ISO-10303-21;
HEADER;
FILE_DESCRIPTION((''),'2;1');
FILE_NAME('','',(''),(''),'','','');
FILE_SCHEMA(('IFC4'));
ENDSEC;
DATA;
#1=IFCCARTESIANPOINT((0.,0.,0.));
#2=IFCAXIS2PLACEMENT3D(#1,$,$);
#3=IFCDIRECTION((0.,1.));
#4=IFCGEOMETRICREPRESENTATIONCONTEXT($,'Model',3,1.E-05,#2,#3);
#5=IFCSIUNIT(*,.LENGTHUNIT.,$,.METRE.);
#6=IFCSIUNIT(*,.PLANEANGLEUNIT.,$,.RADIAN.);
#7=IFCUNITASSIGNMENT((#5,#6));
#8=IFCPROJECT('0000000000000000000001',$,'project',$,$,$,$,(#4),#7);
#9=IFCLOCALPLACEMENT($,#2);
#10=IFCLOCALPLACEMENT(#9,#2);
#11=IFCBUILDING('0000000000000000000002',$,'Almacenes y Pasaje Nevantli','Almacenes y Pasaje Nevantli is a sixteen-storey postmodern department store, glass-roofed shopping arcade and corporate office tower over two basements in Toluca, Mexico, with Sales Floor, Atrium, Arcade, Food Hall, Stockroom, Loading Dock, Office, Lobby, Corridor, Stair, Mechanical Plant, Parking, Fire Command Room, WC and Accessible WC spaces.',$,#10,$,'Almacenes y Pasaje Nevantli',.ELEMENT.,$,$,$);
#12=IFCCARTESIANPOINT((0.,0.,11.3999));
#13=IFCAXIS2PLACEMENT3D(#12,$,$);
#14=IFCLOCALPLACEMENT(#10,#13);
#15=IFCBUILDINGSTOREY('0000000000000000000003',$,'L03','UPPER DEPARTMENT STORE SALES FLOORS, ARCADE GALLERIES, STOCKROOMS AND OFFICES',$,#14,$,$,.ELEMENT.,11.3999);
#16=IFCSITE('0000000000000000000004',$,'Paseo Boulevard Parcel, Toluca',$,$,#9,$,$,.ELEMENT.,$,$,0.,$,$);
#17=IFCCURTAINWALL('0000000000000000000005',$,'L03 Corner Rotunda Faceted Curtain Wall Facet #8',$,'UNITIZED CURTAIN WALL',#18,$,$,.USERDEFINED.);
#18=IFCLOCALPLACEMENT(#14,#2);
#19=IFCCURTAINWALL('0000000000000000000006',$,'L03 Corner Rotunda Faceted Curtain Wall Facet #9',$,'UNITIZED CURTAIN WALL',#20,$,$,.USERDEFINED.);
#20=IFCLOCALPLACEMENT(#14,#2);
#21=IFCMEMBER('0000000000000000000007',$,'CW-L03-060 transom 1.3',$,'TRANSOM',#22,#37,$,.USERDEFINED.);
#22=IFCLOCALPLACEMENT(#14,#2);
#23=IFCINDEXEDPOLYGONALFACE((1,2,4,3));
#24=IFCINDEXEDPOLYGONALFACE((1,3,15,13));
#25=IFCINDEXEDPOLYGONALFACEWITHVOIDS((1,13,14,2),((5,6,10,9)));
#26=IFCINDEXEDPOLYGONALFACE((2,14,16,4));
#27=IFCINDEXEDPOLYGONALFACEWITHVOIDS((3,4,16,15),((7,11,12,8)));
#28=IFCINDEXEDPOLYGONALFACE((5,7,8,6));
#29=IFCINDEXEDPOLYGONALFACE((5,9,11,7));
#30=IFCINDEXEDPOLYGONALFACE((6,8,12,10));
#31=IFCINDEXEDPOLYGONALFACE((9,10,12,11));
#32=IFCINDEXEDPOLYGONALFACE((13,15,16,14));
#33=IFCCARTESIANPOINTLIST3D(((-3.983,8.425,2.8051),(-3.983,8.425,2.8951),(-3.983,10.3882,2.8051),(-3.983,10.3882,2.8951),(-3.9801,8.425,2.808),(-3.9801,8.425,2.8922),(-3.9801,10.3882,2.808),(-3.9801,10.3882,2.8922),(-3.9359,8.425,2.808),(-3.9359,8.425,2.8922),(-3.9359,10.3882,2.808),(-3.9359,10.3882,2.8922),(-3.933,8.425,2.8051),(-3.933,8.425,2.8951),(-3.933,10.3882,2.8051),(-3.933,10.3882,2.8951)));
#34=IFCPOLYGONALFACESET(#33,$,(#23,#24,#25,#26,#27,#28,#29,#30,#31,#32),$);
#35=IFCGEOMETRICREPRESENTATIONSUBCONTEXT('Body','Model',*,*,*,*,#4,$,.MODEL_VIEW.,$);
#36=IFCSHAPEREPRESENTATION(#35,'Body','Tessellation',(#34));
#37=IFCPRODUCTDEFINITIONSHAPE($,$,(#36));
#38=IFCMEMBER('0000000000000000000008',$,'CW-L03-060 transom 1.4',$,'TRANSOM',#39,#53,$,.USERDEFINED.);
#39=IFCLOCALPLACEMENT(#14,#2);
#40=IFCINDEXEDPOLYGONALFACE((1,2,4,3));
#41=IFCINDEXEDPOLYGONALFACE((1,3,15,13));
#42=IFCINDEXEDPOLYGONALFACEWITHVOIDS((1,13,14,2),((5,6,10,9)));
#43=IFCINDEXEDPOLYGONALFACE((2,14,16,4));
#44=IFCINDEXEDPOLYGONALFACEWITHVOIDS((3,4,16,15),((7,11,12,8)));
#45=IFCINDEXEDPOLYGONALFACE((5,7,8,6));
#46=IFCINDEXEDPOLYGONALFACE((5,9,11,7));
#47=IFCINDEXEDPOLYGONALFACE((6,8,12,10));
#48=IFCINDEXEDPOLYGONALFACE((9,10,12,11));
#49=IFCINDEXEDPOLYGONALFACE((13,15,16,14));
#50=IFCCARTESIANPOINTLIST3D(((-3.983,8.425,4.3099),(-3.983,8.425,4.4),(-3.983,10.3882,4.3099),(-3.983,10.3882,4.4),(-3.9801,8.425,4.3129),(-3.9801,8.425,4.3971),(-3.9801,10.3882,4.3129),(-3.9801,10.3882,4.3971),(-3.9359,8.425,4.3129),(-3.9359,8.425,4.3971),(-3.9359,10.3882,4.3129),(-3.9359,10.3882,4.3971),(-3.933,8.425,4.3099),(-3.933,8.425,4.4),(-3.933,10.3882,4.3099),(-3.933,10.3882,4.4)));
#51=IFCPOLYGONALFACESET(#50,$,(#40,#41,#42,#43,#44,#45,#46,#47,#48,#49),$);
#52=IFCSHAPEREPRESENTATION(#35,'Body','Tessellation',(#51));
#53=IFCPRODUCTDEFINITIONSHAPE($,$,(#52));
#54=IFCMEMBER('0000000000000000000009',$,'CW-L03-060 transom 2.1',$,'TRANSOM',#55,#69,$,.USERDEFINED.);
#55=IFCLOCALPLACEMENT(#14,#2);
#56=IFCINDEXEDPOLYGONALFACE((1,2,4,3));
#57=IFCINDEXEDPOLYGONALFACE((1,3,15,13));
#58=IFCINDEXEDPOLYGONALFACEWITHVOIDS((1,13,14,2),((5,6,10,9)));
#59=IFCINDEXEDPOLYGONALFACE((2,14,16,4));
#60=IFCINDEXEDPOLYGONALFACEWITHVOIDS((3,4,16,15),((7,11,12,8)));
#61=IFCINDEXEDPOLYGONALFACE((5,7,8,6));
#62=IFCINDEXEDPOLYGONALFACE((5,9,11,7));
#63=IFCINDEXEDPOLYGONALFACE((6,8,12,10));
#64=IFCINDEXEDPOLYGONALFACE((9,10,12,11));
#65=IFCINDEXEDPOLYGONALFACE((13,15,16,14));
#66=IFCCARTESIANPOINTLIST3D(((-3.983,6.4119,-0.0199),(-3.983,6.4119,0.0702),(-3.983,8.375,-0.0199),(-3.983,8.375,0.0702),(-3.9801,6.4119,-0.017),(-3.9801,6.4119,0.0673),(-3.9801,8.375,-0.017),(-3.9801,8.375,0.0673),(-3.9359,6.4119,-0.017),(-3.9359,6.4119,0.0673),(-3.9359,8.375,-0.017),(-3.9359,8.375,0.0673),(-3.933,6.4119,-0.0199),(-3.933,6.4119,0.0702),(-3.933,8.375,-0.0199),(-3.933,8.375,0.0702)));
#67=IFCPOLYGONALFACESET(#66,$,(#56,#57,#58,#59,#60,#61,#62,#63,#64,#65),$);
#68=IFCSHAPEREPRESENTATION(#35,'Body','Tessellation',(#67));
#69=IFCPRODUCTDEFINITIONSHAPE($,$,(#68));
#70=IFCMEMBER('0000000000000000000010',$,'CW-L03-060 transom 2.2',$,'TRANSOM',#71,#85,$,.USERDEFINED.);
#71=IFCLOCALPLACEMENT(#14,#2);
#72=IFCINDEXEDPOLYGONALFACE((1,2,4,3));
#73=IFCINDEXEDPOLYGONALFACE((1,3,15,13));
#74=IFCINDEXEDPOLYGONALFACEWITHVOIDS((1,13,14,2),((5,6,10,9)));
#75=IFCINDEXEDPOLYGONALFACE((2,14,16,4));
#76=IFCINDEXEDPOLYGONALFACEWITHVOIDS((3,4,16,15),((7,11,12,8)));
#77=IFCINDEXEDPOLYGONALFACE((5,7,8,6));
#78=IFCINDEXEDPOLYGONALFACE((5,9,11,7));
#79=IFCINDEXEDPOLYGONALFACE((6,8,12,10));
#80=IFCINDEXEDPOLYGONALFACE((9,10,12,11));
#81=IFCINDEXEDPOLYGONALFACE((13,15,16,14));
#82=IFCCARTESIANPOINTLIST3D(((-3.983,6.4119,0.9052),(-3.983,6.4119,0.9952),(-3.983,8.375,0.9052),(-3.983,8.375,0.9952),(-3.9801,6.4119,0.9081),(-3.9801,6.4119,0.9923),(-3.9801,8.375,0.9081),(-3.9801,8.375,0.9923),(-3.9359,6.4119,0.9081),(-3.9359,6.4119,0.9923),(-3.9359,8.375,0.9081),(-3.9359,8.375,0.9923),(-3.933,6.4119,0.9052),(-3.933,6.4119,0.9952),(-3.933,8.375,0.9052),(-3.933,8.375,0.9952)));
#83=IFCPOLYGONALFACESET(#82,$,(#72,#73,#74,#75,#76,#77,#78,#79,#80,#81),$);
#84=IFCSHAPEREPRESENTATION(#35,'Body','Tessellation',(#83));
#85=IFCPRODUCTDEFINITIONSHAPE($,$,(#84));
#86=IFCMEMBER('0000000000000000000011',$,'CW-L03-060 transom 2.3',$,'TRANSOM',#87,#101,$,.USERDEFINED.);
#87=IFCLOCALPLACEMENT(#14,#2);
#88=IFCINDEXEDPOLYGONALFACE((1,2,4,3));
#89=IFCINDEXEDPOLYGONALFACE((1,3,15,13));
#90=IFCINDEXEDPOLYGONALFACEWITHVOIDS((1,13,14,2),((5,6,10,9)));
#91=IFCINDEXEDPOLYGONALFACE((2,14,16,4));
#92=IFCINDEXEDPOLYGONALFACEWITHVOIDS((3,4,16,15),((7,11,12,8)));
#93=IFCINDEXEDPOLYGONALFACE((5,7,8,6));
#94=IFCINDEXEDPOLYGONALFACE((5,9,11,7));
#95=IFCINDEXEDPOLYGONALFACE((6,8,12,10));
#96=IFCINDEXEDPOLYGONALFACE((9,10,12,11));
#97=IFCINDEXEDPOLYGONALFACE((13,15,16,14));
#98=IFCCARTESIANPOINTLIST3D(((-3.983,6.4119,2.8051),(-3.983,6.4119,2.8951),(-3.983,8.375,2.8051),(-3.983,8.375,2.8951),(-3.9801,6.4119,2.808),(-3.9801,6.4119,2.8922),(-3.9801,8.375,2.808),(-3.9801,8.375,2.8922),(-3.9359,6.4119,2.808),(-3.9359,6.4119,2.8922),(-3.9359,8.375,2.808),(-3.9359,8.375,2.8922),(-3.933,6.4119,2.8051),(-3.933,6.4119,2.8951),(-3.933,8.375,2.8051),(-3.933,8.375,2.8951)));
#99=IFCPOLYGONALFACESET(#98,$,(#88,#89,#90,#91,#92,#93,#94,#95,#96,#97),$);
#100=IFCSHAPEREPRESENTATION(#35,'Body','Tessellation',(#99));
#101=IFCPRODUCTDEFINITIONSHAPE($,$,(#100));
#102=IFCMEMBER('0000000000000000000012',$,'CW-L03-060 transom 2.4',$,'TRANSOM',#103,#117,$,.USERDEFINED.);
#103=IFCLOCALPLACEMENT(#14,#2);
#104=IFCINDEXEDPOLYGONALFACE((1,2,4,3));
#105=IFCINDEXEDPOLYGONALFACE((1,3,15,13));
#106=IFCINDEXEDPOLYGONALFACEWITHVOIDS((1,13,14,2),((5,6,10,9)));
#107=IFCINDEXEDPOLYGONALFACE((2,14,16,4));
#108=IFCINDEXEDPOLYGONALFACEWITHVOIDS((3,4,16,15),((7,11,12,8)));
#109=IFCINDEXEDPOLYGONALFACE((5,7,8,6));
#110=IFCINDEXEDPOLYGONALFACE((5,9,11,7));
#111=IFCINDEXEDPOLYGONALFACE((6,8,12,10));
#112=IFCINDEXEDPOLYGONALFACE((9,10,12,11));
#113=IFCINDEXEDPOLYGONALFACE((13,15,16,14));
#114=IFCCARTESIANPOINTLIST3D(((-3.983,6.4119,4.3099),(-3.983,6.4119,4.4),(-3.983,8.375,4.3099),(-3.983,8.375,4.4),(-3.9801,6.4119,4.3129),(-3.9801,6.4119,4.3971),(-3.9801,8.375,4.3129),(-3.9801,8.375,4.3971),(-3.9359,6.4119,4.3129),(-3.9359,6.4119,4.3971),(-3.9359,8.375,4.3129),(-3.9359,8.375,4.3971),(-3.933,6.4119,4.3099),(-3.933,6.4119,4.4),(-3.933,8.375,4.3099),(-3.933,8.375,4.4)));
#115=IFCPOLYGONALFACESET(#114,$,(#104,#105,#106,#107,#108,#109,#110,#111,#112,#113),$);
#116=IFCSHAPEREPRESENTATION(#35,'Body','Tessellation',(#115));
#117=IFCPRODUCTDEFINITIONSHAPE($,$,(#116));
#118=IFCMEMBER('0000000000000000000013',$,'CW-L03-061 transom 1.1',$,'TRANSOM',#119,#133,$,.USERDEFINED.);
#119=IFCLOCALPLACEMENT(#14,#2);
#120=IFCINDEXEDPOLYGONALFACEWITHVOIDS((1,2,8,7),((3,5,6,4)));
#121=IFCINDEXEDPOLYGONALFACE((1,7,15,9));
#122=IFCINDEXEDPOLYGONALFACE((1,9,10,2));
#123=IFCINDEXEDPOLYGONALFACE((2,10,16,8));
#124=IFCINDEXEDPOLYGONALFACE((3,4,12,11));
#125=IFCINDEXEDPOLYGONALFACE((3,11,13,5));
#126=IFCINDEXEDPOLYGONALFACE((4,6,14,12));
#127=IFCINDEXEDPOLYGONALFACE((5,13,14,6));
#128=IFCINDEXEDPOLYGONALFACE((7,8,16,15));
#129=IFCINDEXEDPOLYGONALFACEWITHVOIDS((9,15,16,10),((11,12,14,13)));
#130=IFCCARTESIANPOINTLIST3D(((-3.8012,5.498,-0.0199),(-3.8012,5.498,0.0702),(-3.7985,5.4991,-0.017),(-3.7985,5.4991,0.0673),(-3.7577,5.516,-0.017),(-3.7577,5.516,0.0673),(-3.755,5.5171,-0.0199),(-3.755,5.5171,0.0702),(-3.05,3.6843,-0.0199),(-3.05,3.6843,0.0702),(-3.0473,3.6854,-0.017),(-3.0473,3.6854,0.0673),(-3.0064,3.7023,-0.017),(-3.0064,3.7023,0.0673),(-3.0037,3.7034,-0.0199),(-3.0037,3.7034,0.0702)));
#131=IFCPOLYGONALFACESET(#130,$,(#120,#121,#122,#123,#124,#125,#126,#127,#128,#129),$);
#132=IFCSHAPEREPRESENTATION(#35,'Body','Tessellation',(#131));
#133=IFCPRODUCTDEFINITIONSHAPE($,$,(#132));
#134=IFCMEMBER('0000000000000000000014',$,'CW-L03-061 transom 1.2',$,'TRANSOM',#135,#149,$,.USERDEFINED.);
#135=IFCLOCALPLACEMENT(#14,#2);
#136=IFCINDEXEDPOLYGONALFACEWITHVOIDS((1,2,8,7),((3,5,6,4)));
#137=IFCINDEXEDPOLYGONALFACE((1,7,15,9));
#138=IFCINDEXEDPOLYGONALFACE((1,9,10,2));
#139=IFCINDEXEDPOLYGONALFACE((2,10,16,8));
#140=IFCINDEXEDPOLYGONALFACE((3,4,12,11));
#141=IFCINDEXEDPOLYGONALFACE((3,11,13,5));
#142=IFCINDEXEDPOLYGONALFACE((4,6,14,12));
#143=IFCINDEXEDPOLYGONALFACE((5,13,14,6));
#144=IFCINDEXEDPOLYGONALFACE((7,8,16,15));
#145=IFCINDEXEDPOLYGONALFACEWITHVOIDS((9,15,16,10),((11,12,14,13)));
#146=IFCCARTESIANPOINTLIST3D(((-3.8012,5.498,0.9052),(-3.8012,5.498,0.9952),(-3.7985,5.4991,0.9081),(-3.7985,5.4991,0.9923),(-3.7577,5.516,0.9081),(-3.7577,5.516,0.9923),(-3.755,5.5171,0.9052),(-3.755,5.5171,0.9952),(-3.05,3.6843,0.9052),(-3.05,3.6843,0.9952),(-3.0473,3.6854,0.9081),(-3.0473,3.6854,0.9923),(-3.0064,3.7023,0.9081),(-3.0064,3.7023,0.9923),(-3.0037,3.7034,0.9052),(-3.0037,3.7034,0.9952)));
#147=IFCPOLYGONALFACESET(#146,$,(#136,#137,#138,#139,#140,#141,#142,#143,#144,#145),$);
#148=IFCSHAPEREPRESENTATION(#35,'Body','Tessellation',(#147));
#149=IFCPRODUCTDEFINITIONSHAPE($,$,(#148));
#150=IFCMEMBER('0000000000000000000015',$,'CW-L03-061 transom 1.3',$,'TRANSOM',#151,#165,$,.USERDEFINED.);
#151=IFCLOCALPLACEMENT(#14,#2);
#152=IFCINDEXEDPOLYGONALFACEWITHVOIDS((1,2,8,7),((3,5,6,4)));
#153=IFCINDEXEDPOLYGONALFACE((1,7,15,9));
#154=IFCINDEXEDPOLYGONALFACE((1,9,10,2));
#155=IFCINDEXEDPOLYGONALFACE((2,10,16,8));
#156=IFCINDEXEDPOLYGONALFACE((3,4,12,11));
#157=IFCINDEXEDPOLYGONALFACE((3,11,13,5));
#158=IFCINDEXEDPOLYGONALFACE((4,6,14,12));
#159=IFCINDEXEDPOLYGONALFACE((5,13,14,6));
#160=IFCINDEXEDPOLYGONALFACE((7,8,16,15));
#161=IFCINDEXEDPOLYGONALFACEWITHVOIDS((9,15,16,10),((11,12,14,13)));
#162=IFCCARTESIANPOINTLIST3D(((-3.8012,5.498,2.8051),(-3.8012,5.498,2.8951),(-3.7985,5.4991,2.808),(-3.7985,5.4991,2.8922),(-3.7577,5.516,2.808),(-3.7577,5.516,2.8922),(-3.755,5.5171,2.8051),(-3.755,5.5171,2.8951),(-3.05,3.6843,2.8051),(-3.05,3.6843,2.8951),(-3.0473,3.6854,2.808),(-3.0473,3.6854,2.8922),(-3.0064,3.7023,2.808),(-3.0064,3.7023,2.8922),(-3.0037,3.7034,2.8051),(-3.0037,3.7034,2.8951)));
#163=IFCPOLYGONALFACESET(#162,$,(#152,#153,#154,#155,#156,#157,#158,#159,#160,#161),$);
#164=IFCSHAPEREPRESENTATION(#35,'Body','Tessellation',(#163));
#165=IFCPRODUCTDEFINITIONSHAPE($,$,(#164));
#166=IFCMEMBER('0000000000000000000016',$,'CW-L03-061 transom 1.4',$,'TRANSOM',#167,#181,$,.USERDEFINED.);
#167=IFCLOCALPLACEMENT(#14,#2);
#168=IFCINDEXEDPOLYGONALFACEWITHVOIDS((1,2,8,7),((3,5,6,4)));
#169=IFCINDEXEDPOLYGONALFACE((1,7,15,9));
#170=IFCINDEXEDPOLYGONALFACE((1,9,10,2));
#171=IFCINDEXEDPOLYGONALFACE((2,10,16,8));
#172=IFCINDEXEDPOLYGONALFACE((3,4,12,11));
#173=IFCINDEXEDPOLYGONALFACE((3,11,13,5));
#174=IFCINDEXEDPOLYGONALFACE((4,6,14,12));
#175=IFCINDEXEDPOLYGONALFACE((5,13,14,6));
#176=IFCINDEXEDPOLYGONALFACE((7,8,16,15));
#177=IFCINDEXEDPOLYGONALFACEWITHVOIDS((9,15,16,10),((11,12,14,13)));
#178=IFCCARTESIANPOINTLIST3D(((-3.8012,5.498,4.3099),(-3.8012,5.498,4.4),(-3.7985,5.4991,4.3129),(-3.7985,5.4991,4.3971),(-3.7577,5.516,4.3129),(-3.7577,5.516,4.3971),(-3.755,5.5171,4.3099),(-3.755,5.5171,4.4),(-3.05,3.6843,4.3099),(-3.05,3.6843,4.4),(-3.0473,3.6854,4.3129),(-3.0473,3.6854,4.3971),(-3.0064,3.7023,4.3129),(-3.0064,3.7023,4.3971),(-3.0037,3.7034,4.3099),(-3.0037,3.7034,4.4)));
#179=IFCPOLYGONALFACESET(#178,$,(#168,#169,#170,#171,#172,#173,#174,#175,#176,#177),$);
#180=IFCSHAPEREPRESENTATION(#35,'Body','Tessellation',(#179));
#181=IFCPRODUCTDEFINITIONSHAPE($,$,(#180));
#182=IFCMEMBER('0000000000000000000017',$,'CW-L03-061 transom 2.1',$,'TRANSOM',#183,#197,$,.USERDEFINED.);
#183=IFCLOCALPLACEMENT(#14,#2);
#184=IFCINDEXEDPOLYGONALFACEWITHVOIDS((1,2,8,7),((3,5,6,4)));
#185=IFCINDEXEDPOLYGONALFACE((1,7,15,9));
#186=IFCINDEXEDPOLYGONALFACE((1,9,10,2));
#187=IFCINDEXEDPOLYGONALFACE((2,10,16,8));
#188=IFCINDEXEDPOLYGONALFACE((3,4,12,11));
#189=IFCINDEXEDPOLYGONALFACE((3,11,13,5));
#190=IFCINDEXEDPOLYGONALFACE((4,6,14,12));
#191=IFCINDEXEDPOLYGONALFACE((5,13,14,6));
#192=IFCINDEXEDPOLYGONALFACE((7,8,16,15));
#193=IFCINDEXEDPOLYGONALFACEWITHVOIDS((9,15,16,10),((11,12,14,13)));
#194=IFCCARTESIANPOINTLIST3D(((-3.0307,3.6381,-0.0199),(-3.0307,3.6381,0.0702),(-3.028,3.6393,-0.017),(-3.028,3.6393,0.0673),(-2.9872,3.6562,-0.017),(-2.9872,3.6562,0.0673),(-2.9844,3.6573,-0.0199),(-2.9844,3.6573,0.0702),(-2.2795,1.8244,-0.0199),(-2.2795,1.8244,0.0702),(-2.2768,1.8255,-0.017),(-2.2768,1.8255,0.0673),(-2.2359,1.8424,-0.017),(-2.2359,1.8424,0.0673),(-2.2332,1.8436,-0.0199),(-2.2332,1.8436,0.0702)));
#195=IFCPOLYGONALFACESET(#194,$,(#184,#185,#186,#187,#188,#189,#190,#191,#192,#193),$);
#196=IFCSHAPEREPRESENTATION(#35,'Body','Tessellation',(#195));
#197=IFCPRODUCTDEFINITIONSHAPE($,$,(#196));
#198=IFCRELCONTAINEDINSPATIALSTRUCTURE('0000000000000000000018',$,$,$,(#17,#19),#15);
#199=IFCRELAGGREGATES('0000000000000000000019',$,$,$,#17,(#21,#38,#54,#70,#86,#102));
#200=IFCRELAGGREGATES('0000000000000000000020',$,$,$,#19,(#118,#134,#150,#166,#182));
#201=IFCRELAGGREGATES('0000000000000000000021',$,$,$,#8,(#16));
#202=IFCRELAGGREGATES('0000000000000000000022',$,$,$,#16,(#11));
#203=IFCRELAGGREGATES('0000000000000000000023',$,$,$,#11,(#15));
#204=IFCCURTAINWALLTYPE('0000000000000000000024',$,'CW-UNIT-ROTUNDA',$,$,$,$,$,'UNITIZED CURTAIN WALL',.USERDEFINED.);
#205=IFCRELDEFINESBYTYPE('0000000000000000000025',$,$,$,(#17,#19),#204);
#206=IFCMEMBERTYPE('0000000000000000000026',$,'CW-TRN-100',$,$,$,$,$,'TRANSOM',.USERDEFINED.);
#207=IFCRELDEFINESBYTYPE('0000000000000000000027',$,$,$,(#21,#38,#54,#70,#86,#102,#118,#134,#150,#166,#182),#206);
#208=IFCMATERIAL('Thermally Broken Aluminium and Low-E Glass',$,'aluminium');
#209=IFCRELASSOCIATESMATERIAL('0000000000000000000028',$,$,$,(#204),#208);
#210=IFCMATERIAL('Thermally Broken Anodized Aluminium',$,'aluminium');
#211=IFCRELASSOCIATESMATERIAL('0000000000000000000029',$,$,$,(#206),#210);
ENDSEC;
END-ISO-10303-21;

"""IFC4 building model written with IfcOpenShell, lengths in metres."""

from ifc_helpers import new_model, si_unit, direction, frame, origin, origin_2d, place, context, subcontext, project, spatial, hollow_rectangle, extrude, material, material_profile, profile_set, type_object, element, aggregate, save


model = new_model("IFC4")

# Units and contexts
model_context = context("Model", 3, precision=1e-05, world=origin(), true_north=direction((0.0, 1.0)))
body_context = subcontext(model_context, "Body", "Model", "MODEL_VIEW")
ifc_project = project(units=[si_unit("LENGTHUNIT", "METRE"), si_unit("PLANEANGLEUNIT", "RADIAN")], contexts=[model_context])

# Site, building, storey
site_placement = place(None, origin())
site = spatial("IfcSite", under=ifc_project, at=site_placement, Name="Paseo Boulevard Parcel, Toluca", CompositionType="ELEMENT", RefElevation=0.0)
building_placement = place(site_placement, origin())
building = spatial("IfcBuilding", under=site, at=building_placement, Name="Almacenes y Pasaje Nevantli", Description="Almacenes y Pasaje Nevantli is a sixteen-storey postmodern department store, glass-roofed shopping arcade and corporate office tower over two basements in Toluca, Mexico, with Sales Floor, Atrium, Arcade, Food Hall, Stockroom, Loading Dock, Office, Lobby, Corridor, Stair, Mechanical Plant, Parking, Fire Command Room, WC and Accessible WC spaces.", LongName="Almacenes y Pasaje Nevantli", CompositionType="ELEMENT")
storey_placement = place(building_placement, frame((0.0, 0.0, 11.3999)))
storey = spatial("IfcBuildingStorey", under=building, at=storey_placement, Name="L03", Description="UPPER DEPARTMENT STORE SALES FLOORS, ARCADE GALLERIES, STOCKROOMS AND OFFICES", CompositionType="ELEMENT", Elevation=11.3999)

# Curtain walls
ifc_material_1 = material(Name="Thermally Broken Aluminium and Low-E Glass", Category="aluminium")
curtain_wall_type = type_object("IfcCurtainWallType", Name="CW-UNIT-ROTUNDA", ElementType="UNITIZED CURTAIN WALL", PredefinedType="USERDEFINED", material=ifc_material_1)
curtain_wall_1_placement = place(storey_placement, origin())
curtain_wall_1 = element("IfcCurtainWall", 1, at=curtain_wall_1_placement, inside=storey, type_object=curtain_wall_type, Name="L03 Corner Rotunda Faceted Curtain Wall Facet #8", ObjectType="UNITIZED CURTAIN WALL", PredefinedType="USERDEFINED")
curtain_wall_2_placement = place(storey_placement, origin())
curtain_wall_2 = element("IfcCurtainWall", 2, at=curtain_wall_2_placement, inside=storey, type_object=curtain_wall_type, Name="L03 Corner Rotunda Faceted Curtain Wall Facet #9", ObjectType="UNITIZED CURTAIN WALL", PredefinedType="USERDEFINED")

# Members
ifc_material_2 = material(Name="Thermally Broken Anodized Aluminium", Category="aluminium")
ifc_material_profile_1 = material_profile(ifc_material_2, hollow_rectangle(XDim=0.05, YDim=0.0901, WallThickness=0.0029, at=origin_2d()), Name="ALU-TRN-50x90")
ifc_profile_set_1 = profile_set([ifc_material_profile_1], Name="Thermally Broken Anodized Aluminium")
member_type_1 = type_object("IfcMemberType", Name="CW-TRN-100", ElementType="TRANSOM", PredefinedType="USERDEFINED", material=ifc_profile_set_1)
member_1_placement = place(storey_placement, frame((-3.958, 10.3882, 2.8501), z_axis=(0.0, -1.0, 0.0), x_axis=(1.0, 0.0, 0.0)))
member_1 = element("IfcMember", 3, at=member_1_placement, type_object=member_type_1, Name="CW-L03-060 transom 1.3", ObjectType="TRANSOM", PredefinedType="USERDEFINED", context=body_context, shape_type="SweptSolid", body=[
    extrude(hollow_rectangle(XDim=0.05, YDim=0.0901, WallThickness=0.0029, at=origin_2d()), origin(), (0.0, 0.0, 1.0), 1.9631),
])
member_2_placement = place(storey_placement, frame((-3.958, 10.3882, 4.355), z_axis=(0.0, -1.0, 0.0), x_axis=(1.0, 0.0, 0.0)))
member_2 = element("IfcMember", 4, at=member_2_placement, type_object=member_type_1, Name="CW-L03-060 transom 1.4", ObjectType="TRANSOM", PredefinedType="USERDEFINED", context=body_context, shape_type="SweptSolid", body=[
    extrude(hollow_rectangle(XDim=0.05, YDim=0.0901, WallThickness=0.0029, at=origin_2d()), origin(), (0.0, 0.0, 1.0), 1.9631),
])
member_3_placement = place(storey_placement, frame((-3.958, 8.375, 0.0251), z_axis=(0.0, -1.0, 0.0), x_axis=(1.0, 0.0, 0.0)))
member_3 = element("IfcMember", 5, at=member_3_placement, type_object=member_type_1, Name="CW-L03-060 transom 2.1", ObjectType="TRANSOM", PredefinedType="USERDEFINED", context=body_context, shape_type="SweptSolid", body=[
    extrude(hollow_rectangle(XDim=0.05, YDim=0.0901, WallThickness=0.0029, at=origin_2d()), origin(), (0.0, 0.0, 1.0), 1.9631),
])
member_4_placement = place(storey_placement, frame((-3.958, 8.375, 0.9502), z_axis=(0.0, -1.0, 0.0), x_axis=(1.0, 0.0, 0.0)))
member_4 = element("IfcMember", 6, at=member_4_placement, type_object=member_type_1, Name="CW-L03-060 transom 2.2", ObjectType="TRANSOM", PredefinedType="USERDEFINED", context=body_context, shape_type="SweptSolid", body=[
    extrude(hollow_rectangle(XDim=0.05, YDim=0.0901, WallThickness=0.0029, at=origin_2d()), origin(), (0.0, 0.0, 1.0), 1.9631),
])
member_5_placement = place(storey_placement, frame((-3.958, 8.375, 2.8501), z_axis=(0.0, -1.0, 0.0), x_axis=(1.0, 0.0, 0.0)))
member_5 = element("IfcMember", 7, at=member_5_placement, type_object=member_type_1, Name="CW-L03-060 transom 2.3", ObjectType="TRANSOM", PredefinedType="USERDEFINED", context=body_context, shape_type="SweptSolid", body=[
    extrude(hollow_rectangle(XDim=0.05, YDim=0.0901, WallThickness=0.0029, at=origin_2d()), origin(), (0.0, 0.0, 1.0), 1.9631),
])
member_6_placement = place(storey_placement, frame((-3.958, 8.375, 4.355), z_axis=(0.0, -1.0, 0.0), x_axis=(1.0, 0.0, 0.0)))
member_6 = element("IfcMember", 8, at=member_6_placement, type_object=member_type_1, Name="CW-L03-060 transom 2.4", ObjectType="TRANSOM", PredefinedType="USERDEFINED", context=body_context, shape_type="SweptSolid", body=[
    extrude(hollow_rectangle(XDim=0.05, YDim=0.0901, WallThickness=0.0029, at=origin_2d()), origin(), (0.0, 0.0, 1.0), 1.9631),
])
member_7_placement = place(storey_placement, frame((-3.7781, 5.5076, 0.0251), z_axis=(0.382663, -0.923888, 0.0), x_axis=(0.923888, 0.382663, 0.0)))
member_7 = element("IfcMember", 9, at=member_7_placement, type_object=member_type_1, Name="CW-L03-061 transom 1.1", ObjectType="TRANSOM", PredefinedType="USERDEFINED", context=body_context, shape_type="SweptSolid", body=[
    extrude(hollow_rectangle(XDim=0.05, YDim=0.0901, WallThickness=0.0029, at=origin_2d()), origin(), (0.0, 0.0, 1.0), 1.9631),
])
member_8_placement = place(storey_placement, frame((-3.7781, 5.5076, 0.9502), z_axis=(0.382663, -0.923888, 0.0), x_axis=(0.923888, 0.382663, 0.0)))
member_8 = element("IfcMember", 10, at=member_8_placement, type_object=member_type_1, Name="CW-L03-061 transom 1.2", ObjectType="TRANSOM", PredefinedType="USERDEFINED", context=body_context, shape_type="SweptSolid", body=[
    extrude(hollow_rectangle(XDim=0.05, YDim=0.0901, WallThickness=0.0029, at=origin_2d()), origin(), (0.0, 0.0, 1.0), 1.9631),
])
member_9_placement = place(storey_placement, frame((-3.7781, 5.5076, 2.8501), z_axis=(0.382663, -0.923888, 0.0), x_axis=(0.923888, 0.382663, 0.0)))
member_9 = element("IfcMember", 11, at=member_9_placement, type_object=member_type_1, Name="CW-L03-061 transom 1.3", ObjectType="TRANSOM", PredefinedType="USERDEFINED", context=body_context, shape_type="SweptSolid", body=[
    extrude(hollow_rectangle(XDim=0.05, YDim=0.0901, WallThickness=0.0029, at=origin_2d()), origin(), (0.0, 0.0, 1.0), 1.9631),
])
member_10_placement = place(storey_placement, frame((-3.7781, 5.5076, 4.355), z_axis=(0.382663, -0.923888, 0.0), x_axis=(0.923888, 0.382663, 0.0)))
member_10 = element("IfcMember", 12, at=member_10_placement, type_object=member_type_1, Name="CW-L03-061 transom 1.4", ObjectType="TRANSOM", PredefinedType="USERDEFINED", context=body_context, shape_type="SweptSolid", body=[
    extrude(hollow_rectangle(XDim=0.05, YDim=0.0901, WallThickness=0.0029, at=origin_2d()), origin(), (0.0, 0.0, 1.0), 1.9631),
])
member_11_placement = place(storey_placement, frame((-3.0076, 3.6477, 0.0251), z_axis=(0.382663, -0.923888, 0.0), x_axis=(0.923888, 0.382663, 0.0)))
member_11 = element("IfcMember", 13, at=member_11_placement, type_object=member_type_1, Name="CW-L03-061 transom 2.1", ObjectType="TRANSOM", PredefinedType="USERDEFINED", context=body_context, shape_type="SweptSolid", body=[
    extrude(hollow_rectangle(XDim=0.05, YDim=0.0901, WallThickness=0.0029, at=origin_2d()), origin(), (0.0, 0.0, 1.0), 1.9631),
])

aggregate(curtain_wall_1, [member_1, member_2, member_3, member_4, member_5, member_6])
aggregate(curtain_wall_2, [member_7, member_8, member_9, member_10, member_11])

save(model, "model.ifc")
